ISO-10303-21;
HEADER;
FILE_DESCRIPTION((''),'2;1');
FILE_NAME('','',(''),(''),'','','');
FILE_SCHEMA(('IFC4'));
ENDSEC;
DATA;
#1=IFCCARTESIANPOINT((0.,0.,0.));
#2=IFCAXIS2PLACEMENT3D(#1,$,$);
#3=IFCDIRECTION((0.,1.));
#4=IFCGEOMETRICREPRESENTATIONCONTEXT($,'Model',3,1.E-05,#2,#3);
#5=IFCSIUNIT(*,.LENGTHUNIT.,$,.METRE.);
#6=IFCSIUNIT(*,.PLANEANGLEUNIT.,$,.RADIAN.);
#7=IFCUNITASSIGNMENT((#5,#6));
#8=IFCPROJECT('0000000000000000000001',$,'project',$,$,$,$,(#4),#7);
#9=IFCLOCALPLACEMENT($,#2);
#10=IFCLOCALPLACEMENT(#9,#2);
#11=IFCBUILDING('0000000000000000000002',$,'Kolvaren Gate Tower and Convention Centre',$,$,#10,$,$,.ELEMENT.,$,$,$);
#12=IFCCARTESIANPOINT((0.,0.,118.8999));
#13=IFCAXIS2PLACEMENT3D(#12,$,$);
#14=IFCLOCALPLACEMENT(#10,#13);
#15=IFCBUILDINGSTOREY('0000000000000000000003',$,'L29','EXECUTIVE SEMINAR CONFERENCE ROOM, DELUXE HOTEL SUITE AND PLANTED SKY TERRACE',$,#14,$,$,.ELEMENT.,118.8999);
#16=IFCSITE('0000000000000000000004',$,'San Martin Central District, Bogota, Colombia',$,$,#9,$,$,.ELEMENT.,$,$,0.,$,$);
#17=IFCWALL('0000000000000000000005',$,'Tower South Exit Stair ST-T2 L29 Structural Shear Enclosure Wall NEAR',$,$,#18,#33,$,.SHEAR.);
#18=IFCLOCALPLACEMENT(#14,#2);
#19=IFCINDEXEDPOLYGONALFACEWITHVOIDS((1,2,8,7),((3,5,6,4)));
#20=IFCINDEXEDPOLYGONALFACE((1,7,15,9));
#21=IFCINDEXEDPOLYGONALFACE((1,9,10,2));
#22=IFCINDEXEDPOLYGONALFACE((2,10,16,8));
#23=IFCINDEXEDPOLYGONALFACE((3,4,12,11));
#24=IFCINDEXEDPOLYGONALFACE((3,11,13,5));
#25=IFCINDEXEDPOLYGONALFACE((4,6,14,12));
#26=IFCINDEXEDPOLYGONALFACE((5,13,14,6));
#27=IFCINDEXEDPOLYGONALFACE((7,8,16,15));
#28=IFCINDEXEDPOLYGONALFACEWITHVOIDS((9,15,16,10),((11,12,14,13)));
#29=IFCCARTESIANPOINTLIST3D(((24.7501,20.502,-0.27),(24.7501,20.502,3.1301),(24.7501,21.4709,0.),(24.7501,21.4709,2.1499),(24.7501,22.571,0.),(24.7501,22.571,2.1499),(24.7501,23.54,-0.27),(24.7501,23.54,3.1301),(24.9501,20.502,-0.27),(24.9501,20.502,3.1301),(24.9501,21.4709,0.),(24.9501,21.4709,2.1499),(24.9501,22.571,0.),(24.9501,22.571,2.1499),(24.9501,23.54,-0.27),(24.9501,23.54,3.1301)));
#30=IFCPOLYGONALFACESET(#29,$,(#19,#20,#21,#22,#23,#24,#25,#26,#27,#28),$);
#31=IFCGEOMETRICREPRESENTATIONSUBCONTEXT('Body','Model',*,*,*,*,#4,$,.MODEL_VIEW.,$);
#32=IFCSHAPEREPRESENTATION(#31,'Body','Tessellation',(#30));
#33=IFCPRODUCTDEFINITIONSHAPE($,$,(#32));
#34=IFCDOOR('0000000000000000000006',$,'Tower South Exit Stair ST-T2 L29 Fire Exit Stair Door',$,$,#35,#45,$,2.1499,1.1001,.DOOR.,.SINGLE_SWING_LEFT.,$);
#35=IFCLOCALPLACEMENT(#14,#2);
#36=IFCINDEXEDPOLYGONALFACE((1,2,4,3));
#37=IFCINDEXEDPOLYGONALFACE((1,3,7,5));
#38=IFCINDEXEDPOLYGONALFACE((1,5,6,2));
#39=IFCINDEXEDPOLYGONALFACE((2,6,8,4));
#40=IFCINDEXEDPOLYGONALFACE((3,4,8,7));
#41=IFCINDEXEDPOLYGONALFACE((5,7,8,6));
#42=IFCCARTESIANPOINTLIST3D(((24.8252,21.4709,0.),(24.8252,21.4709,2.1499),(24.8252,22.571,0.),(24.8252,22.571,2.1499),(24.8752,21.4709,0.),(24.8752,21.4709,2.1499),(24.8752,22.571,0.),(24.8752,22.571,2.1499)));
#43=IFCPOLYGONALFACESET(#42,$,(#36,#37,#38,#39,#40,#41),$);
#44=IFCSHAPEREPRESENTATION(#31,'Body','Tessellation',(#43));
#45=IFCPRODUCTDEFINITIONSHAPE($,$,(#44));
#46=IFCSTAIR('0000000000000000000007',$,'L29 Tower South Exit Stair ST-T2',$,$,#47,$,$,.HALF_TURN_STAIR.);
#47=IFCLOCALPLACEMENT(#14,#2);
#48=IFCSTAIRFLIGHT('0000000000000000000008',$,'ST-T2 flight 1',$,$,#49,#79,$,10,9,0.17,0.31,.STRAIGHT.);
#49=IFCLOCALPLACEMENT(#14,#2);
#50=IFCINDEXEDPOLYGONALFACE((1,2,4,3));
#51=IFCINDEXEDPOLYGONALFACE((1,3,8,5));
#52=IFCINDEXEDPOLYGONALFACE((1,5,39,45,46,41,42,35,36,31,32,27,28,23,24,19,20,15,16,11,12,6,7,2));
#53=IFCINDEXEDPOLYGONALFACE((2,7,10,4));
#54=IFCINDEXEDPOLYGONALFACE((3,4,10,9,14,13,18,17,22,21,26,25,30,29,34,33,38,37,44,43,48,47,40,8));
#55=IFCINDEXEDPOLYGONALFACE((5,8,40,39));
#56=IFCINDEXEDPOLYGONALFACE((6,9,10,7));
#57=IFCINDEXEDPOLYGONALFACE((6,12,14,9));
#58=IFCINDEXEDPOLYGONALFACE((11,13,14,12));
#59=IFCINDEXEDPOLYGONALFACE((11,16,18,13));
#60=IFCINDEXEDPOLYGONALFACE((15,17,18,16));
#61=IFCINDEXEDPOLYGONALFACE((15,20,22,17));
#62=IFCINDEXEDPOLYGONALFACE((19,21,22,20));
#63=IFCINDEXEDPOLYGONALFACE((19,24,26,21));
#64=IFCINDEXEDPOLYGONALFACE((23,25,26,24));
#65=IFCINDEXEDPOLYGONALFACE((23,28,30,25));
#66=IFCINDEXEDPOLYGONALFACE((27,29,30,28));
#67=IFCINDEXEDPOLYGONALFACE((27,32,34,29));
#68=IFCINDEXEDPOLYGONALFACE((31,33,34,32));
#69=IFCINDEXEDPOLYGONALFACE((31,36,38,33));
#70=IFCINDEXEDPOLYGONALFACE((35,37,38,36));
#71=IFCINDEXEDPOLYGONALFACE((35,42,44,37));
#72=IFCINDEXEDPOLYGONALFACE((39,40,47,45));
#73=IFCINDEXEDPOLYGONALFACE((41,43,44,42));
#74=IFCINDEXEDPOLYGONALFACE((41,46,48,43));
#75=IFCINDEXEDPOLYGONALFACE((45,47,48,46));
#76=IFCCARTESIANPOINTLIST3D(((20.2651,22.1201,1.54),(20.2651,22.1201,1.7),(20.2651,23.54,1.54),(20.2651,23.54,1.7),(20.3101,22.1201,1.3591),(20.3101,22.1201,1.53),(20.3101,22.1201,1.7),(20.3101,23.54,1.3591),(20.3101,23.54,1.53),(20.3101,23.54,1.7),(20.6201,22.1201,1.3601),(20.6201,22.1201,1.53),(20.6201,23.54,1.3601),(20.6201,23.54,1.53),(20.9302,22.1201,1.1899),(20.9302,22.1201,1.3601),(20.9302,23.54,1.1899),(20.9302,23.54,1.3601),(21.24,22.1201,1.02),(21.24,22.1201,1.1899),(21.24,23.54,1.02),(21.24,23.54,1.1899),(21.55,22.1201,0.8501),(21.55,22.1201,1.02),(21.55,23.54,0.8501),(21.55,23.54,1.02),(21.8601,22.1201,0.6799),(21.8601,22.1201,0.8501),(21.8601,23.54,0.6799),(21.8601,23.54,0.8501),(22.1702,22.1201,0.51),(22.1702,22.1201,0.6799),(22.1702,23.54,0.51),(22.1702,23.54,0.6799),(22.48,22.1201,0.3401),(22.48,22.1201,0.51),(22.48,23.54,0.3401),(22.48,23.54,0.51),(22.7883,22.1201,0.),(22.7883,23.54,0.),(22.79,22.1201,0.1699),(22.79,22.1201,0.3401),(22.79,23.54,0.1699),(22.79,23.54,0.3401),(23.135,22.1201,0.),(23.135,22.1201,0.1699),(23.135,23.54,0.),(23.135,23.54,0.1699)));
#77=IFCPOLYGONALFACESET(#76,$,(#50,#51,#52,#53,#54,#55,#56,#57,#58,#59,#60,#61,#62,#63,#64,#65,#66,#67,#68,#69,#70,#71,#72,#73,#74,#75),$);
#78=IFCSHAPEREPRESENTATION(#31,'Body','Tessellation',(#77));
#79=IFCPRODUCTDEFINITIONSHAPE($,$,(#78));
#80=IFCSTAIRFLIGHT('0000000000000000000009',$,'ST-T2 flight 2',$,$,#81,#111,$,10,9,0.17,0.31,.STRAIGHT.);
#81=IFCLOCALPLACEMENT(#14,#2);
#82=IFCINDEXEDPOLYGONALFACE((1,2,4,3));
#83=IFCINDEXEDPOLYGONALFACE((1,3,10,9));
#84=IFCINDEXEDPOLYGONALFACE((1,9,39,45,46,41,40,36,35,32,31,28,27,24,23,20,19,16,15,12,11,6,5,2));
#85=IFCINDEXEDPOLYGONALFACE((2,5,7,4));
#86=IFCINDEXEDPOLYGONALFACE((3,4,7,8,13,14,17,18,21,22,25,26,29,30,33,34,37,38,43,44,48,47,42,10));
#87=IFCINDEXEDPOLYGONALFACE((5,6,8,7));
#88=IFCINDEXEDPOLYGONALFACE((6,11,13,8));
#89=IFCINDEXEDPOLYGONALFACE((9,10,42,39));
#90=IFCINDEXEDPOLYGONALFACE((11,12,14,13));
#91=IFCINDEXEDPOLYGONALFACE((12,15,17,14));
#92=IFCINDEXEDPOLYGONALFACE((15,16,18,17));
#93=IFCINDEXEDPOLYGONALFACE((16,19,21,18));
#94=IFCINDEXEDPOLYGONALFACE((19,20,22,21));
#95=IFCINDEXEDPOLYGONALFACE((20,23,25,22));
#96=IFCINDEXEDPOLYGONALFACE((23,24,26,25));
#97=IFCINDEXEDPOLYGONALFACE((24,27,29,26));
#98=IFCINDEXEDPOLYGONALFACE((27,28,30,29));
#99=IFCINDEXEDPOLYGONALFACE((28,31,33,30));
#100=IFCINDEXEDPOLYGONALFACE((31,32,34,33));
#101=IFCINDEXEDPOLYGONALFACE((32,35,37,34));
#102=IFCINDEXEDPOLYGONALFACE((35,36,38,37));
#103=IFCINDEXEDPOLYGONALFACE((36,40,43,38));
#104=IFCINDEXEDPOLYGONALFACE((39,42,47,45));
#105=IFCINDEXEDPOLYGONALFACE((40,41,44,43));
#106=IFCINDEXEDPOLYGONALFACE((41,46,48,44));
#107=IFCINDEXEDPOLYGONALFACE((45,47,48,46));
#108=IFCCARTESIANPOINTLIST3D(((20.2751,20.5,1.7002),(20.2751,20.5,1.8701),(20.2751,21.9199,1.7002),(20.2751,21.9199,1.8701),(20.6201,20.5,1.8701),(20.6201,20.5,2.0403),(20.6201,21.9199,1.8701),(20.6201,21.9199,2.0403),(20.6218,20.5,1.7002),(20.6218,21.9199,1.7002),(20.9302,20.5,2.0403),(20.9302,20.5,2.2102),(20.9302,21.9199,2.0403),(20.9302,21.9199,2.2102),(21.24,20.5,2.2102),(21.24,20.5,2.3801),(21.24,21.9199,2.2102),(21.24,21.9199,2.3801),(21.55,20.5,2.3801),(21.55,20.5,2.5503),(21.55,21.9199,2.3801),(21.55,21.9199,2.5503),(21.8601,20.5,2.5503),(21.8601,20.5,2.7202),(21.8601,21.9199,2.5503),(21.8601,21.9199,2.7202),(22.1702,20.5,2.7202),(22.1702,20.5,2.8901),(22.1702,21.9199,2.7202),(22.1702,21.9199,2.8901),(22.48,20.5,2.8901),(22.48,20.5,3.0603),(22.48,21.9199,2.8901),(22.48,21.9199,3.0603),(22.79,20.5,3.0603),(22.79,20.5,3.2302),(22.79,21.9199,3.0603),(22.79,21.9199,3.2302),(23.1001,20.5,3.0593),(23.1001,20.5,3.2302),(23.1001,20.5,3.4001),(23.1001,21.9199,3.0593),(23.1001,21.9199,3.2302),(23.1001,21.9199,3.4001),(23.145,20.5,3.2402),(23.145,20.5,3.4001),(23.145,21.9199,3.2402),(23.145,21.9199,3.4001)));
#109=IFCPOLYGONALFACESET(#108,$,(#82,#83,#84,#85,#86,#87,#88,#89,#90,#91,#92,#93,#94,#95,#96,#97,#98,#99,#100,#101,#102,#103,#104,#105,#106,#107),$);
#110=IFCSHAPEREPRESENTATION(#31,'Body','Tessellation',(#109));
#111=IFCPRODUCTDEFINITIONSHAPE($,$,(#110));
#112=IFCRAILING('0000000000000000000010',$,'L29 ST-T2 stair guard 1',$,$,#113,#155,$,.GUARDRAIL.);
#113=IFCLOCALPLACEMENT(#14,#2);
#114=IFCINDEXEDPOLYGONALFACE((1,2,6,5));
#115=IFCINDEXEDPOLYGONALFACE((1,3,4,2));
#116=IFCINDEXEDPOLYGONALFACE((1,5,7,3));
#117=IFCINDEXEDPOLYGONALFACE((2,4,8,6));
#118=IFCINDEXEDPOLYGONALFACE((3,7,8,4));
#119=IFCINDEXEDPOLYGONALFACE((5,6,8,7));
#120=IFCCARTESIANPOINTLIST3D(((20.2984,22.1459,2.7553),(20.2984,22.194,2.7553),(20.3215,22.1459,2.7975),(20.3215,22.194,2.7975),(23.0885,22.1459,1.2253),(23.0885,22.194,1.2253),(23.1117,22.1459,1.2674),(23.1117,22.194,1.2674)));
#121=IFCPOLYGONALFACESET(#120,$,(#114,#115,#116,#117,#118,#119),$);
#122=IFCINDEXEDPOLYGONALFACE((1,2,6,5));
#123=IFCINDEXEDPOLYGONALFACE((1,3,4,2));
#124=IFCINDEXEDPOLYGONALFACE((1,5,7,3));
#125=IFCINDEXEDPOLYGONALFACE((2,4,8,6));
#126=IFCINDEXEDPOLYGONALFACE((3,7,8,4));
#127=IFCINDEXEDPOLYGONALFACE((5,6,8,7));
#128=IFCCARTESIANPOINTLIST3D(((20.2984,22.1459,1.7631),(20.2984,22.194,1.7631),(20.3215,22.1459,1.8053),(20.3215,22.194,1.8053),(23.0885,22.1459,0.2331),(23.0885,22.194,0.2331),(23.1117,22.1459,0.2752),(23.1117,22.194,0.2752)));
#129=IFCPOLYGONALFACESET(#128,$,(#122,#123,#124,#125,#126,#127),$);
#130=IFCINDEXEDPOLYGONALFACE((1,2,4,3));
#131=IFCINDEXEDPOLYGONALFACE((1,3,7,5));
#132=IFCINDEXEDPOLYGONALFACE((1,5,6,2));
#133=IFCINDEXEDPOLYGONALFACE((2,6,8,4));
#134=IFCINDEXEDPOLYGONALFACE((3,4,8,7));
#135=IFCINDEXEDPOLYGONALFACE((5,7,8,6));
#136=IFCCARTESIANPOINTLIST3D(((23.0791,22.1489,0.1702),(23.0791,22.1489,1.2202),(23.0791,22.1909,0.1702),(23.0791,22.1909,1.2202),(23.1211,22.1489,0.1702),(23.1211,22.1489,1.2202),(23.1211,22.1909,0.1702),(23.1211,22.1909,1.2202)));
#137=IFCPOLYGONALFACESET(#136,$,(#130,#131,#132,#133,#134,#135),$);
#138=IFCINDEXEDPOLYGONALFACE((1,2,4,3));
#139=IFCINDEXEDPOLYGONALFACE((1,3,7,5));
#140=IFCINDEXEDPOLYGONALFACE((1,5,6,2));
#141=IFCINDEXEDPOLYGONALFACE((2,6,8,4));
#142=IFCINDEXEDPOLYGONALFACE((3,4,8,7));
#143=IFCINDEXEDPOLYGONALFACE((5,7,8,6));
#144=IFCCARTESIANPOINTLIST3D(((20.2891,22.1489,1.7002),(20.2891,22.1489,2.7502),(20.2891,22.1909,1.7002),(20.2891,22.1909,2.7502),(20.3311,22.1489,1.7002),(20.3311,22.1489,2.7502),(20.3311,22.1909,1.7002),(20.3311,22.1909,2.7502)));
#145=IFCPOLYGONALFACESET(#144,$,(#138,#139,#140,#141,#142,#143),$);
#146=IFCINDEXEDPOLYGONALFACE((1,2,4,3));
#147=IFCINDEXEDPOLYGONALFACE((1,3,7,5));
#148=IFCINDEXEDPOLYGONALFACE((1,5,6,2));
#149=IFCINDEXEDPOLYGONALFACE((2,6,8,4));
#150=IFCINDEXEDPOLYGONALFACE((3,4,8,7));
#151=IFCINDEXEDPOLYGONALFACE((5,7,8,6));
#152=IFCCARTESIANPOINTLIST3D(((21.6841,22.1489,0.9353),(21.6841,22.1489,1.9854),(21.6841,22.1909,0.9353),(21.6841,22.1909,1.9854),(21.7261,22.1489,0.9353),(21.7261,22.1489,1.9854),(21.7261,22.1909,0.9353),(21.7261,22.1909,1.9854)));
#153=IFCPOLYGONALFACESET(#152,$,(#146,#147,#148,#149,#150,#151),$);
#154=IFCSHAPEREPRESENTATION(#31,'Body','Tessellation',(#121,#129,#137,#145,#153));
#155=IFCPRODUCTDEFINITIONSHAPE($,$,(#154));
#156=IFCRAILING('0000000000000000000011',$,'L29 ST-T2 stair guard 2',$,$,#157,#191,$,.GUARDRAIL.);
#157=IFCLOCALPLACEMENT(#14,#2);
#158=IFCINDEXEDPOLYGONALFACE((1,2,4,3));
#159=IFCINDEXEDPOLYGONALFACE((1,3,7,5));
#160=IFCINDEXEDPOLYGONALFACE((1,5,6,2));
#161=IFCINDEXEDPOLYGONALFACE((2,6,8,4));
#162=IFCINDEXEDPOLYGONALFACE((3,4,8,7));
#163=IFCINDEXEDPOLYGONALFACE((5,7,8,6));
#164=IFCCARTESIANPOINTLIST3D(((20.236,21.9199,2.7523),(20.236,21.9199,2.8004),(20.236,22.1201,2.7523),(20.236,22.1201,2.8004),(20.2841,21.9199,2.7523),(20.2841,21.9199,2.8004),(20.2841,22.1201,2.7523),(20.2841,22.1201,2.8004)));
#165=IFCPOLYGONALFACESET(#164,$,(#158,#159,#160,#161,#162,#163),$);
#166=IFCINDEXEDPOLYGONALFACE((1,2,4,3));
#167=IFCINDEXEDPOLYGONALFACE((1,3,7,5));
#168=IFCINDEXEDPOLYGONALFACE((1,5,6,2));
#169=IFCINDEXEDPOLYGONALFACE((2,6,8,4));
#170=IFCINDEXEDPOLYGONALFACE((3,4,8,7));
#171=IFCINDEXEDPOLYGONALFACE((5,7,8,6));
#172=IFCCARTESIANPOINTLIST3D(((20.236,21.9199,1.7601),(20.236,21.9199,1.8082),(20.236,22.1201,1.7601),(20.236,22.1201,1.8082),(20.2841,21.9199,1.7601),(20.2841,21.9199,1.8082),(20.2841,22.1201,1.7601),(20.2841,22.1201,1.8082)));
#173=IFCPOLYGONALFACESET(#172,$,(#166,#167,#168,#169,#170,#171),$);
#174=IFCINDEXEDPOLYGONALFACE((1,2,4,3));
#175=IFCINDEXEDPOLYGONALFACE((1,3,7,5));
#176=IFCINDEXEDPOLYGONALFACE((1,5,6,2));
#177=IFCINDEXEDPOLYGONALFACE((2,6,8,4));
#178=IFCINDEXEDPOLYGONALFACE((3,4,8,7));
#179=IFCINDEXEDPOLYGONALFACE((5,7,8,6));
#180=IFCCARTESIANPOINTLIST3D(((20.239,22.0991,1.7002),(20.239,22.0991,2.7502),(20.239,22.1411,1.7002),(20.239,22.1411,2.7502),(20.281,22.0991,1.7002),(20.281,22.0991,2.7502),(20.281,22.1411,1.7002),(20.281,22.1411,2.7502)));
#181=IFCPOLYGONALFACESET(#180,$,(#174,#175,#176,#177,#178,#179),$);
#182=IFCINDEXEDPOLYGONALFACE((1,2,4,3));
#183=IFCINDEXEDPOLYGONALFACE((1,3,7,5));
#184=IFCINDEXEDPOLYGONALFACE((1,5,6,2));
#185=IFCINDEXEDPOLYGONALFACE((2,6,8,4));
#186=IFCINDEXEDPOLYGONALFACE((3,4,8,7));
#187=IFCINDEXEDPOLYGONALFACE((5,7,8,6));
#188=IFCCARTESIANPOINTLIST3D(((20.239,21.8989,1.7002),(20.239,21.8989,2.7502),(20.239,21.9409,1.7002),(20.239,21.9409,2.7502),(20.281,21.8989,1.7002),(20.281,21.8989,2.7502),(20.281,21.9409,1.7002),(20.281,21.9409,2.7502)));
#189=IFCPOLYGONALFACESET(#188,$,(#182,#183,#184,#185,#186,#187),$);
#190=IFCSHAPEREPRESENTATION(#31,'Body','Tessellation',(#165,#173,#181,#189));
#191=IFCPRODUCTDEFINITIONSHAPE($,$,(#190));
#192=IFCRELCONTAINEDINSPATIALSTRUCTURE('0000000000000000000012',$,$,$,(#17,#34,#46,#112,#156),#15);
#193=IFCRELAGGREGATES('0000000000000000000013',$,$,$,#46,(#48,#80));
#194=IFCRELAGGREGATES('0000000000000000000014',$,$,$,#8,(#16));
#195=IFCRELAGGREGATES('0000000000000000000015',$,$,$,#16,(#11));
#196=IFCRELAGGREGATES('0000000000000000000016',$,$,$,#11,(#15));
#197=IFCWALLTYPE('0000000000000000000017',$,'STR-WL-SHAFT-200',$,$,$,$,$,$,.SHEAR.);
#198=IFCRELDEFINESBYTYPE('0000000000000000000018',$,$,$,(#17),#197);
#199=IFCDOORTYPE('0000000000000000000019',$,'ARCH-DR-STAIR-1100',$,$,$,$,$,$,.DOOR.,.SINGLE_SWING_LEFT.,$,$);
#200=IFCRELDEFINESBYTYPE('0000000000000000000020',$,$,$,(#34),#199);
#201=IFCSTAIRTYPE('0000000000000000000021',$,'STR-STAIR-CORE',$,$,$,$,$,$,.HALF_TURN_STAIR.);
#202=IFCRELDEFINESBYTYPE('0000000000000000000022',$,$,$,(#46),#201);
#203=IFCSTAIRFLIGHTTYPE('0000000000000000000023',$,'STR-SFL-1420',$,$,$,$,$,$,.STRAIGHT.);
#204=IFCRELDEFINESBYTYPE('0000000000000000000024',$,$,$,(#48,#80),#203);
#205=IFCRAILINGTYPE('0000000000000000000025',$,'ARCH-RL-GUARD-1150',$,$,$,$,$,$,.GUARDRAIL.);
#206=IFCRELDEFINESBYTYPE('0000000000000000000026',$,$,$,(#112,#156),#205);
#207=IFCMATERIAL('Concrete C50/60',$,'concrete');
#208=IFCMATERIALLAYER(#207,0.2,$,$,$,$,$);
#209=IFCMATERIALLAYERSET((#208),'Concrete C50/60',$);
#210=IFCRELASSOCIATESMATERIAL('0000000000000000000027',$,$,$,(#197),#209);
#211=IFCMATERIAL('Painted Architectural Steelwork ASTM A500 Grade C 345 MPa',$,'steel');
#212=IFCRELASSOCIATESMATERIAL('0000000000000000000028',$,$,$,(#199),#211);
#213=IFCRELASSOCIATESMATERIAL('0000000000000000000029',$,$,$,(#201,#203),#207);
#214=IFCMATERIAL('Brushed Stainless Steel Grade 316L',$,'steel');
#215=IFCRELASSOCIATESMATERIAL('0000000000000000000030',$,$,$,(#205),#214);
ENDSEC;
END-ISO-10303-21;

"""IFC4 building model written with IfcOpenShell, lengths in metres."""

from ifc_helpers import new_model, si_unit, direction, frame, frame_2d, origin, origin_2d, place, context, subcontext, project, spatial, polyline, rectangle, outline, extrude, material, layer, layer_set, type_object, element, fill, aggregate, save


model = new_model("IFC4")

# Units and contexts
model_context = context("Model", 3, precision=1e-05, world=origin(), true_north=direction((0.0, 1.0)))
body_context = subcontext(model_context, "Body", "Model", "MODEL_VIEW")
ifc_project = project(units=[si_unit("LENGTHUNIT", "METRE"), si_unit("PLANEANGLEUNIT", "RADIAN")], contexts=[model_context])

# Site, building, storey
site_placement = place(None, origin())
site = spatial("IfcSite", under=ifc_project, at=site_placement, Name="San Martin Central District, Bogota, Colombia", CompositionType="ELEMENT", RefElevation=0.0)
building_placement = place(site_placement, origin())
building = spatial("IfcBuilding", under=site, at=building_placement, Name="Kolvaren Gate Tower and Convention Centre", CompositionType="ELEMENT")
storey_placement = place(building_placement, frame((0.0, 0.0, 118.8999)))
storey = spatial("IfcBuildingStorey", under=building, at=storey_placement, Name="L29", Description="EXECUTIVE SEMINAR CONFERENCE ROOM, DELUXE HOTEL SUITE AND PLANTED SKY TERRACE", CompositionType="ELEMENT", Elevation=118.8999)

# Shared definitions
ifc_material_1 = material(Name="Brushed Stainless Steel Grade 316L", Category="steel")

# Wall, opening, door
ifc_material_2 = material(Name="Concrete C50/60", Category="concrete")
ifc_layer_1 = layer(ifc_material_2, 0.2)
ifc_layer_set_1 = layer_set([ifc_layer_1], Name="Concrete C50/60")
wall_type_1 = type_object("IfcWallType", Name="STR-WL-SHAFT-200", PredefinedType="SHEAR", material=ifc_layer_set_1)
wall_1_placement = place(storey_placement, frame((24.8501, 20.502, -0.27), z_axis=(0.0, 0.0, 1.0), x_axis=(0.0, 1.0, 0.0)))
wall_1 = element("IfcWall", 1, at=wall_1_placement, inside=storey, type_object=wall_type_1, Name="Tower South Exit Stair ST-T2 L29 Structural Shear Enclosure Wall NEAR", PredefinedType="SHEAR", context=body_context, shape_type="SweptSolid", body=[
    extrude(rectangle(XDim=3.0381, YDim=0.2, at=frame_2d((1.519, 0.0))), origin(), (0.0, 0.0, 1.0), 3.4001),
])
opening_1_placement = place(wall_1_placement, frame((0.969, 0.0, 0.27)))
opening_1 = element("IfcOpeningElement", 2, at=opening_1_placement, cuts=wall_1, PredefinedType="OPENING", context=body_context, shape_type="SweptSolid", body=[
    extrude(rectangle(XDim=1.1001, YDim=2.1499, at=frame_2d((0.55, 1.075))), frame((0.0, 0.1099, 0.0), z_axis=(0.0, -1.0, 0.0), x_axis=(1.0, 0.0, 0.0)), (0.0, 0.0, 1.0), 0.22),
])
ifc_material_3 = material(Name="Painted Architectural Steelwork ASTM A500 Grade C 345 MPa", Category="steel")
door_type_1 = type_object("IfcDoorType", Name="ARCH-DR-STAIR-1100", OperationType="SINGLE_SWING_LEFT", PredefinedType="DOOR", material=ifc_material_3)
door_1_placement = place(opening_1_placement, origin())
door_1 = element("IfcDoor", 3, at=door_1_placement, inside=storey, type_object=door_type_1, Name="Tower South Exit Stair ST-T2 L29 Fire Exit Stair Door", OperationType="SINGLE_SWING_LEFT", OverallHeight=2.1499, OverallWidth=1.1001, PredefinedType="DOOR", context=body_context, shape_type="SweptSolid", body=[
    extrude(rectangle(XDim=1.1001, YDim=2.1499, at=frame_2d((0.55, 1.075))), frame((0.0, 0.0249, 0.0), z_axis=(0.0, -1.0, 0.0), x_axis=(1.0, 0.0, 0.0)), (0.0, 0.0, 1.0), 0.05),
])
fill(opening_1, door_1)

# Stair, stair flights
stair_type = type_object("IfcStairType", Name="STR-STAIR-CORE", PredefinedType="HALF_TURN_STAIR", material=ifc_material_2)
stair_placement = place(storey_placement, origin())
stair = element("IfcStair", 4, at=stair_placement, inside=storey, type_object=stair_type, Name="L29 Tower South Exit Stair ST-T2", PredefinedType="HALF_TURN_STAIR")
stair_flight_type = type_object("IfcStairFlightType", Name="STR-SFL-1420", PredefinedType="STRAIGHT", material=ifc_material_2)
stair_flight_1_placement = place(storey_placement, frame((23.1001, 22.8301, 0.0), z_axis=(0.0, 0.0, 1.0), x_axis=(-1.0, 0.0, 0.0)))
stair_flight_1 = element("IfcStairFlight", 5, at=stair_flight_1_placement, type_object=stair_flight_type, Name="ST-T2 flight 1", NumberOfRisers=10, NumberOfTreads=9, PredefinedType="STRAIGHT", RiserHeight=0.17, TreadLength=0.31, context=body_context, shape_type="SweptSolid", body=[
    extrude(outline(polyline([(-0.0349, 0.0), (-0.0349, 0.1699), (0.3101, 0.1699), (0.3101, 0.3401), (0.6201, 0.3401), (0.6201, 0.51), (0.9299, 0.51), (0.9299, 0.6799), (1.24, 0.6799), (1.24, 0.8501), (1.55, 0.8501), (1.55, 1.02), (1.8601, 1.02), (1.8601, 1.1899), (2.1699, 1.1899), (2.1699, 1.3601), (2.48, 1.3601), (2.48, 1.53), (2.79, 1.53), (2.79, 1.7), (2.835, 1.7), (2.835, 1.54), (2.79, 1.3591), (0.3118, 0.0), (-0.0349, 0.0)])), frame((0.0, 0.71, 0.0), z_axis=(0.0, -1.0, 0.0), x_axis=(1.0, 0.0, 0.0)), (0.0, 0.0, 1.0), 1.4199),
])
stair_flight_2_placement = place(storey_placement, frame((20.3101, 21.21, 1.7002), z_axis=(0.0, 0.0, 1.0), x_axis=(1.0, 0.0, 0.0)))
stair_flight_2 = element("IfcStairFlight", 6, at=stair_flight_2_placement, type_object=stair_flight_type, Name="ST-T2 flight 2", NumberOfRisers=10, NumberOfTreads=9, PredefinedType="STRAIGHT", RiserHeight=0.17, TreadLength=0.31, context=body_context, shape_type="SweptSolid", body=[
    extrude(outline(polyline([(-0.0349, 0.0), (-0.0349, 0.1699), (0.3101, 0.1699), (0.3101, 0.3401), (0.6201, 0.3401), (0.6201, 0.51), (0.9299, 0.51), (0.9299, 0.6799), (1.24, 0.6799), (1.24, 0.8501), (1.55, 0.8501), (1.55, 1.02), (1.8601, 1.02), (1.8601, 1.1899), (2.1699, 1.1899), (2.1699, 1.3601), (2.48, 1.3601), (2.48, 1.53), (2.79, 1.53), (2.79, 1.7), (2.835, 1.7), (2.835, 1.54), (2.79, 1.3591), (0.3118, 0.0), (-0.0349, 0.0)])), frame((0.0, 0.71, 0.0), z_axis=(0.0, -1.0, 0.0), x_axis=(1.0, 0.0, 0.0)), (0.0, 0.0, 1.0), 1.4199),
])
aggregate(stair, [stair_flight_1, stair_flight_2])

# Railings
railing_type_1 = type_object("IfcRailingType", Name="ARCH-RL-GUARD-1150", PredefinedType="GUARDRAIL", material=ifc_material_1)
railing_1_placement = place(storey_placement, frame((23.1001, 22.1699, 0.1702)))
element("IfcRailing", 7, at=railing_1_placement, inside=storey, type_object=railing_type_1, Name="L29 ST-T2 stair guard 1", PredefinedType="GUARDRAIL", context=body_context, shape_type="SweptSolid", body=[
    extrude(rectangle(XDim=0.0481, YDim=0.0481, at=origin_2d()), frame((0.0, 0.0, 1.0762), z_axis=(-0.876811, 0.0, 0.480835), x_axis=(0.0, -1.0, 0.0)), (0.0, 0.0, 1.0), 3.1821),
    extrude(rectangle(XDim=0.0481, YDim=0.0481, at=origin_2d()), frame((0.0, 0.0, 0.084), z_axis=(-0.876811, 0.0, 0.480835), x_axis=(0.0, -1.0, 0.0)), (0.0, 0.0, 1.0), 3.1821),
    extrude(rectangle(XDim=0.042, YDim=0.042, at=origin_2d()), origin(), (0.0, 0.0, 1.0), 1.05),
    extrude(rectangle(XDim=0.042, YDim=0.042, at=origin_2d()), frame((-2.79, 0.0, 1.53)), (0.0, 0.0, 1.0), 1.05),
    extrude(rectangle(XDim=0.042, YDim=0.042, at=origin_2d()), frame((-1.395, 0.0, 0.7651)), (0.0, 0.0, 1.0), 1.05),
])
railing_2_placement = place(storey_placement, frame((20.26, 22.1201, 1.7002)))
element("IfcRailing", 8, at=railing_2_placement, inside=storey, type_object=railing_type_1, Name="L29 ST-T2 stair guard 2", PredefinedType="GUARDRAIL", context=body_context, shape_type="SweptSolid", body=[
    extrude(rectangle(XDim=0.0481, YDim=0.0481, at=origin_2d()), frame((0.0, 0.0, 1.0762), z_axis=(0.0, -1.0, 0.0), x_axis=(1.0, 0.0, 0.0)), (0.0, 0.0, 1.0), 0.2002),
    extrude(rectangle(XDim=0.0481, YDim=0.0481, at=origin_2d()), frame((0.0, 0.0, 0.084), z_axis=(0.0, -1.0, 0.0), x_axis=(1.0, 0.0, 0.0)), (0.0, 0.0, 1.0), 0.2002),
    extrude(rectangle(XDim=0.042, YDim=0.042, at=origin_2d()), origin(), (0.0, 0.0, 1.0), 1.05),
    extrude(rectangle(XDim=0.042, YDim=0.042, at=origin_2d()), frame((0.0, -0.2002, 0.0)), (0.0, 0.0, 1.0), 1.05),
])

save(model, "model.ifc")
